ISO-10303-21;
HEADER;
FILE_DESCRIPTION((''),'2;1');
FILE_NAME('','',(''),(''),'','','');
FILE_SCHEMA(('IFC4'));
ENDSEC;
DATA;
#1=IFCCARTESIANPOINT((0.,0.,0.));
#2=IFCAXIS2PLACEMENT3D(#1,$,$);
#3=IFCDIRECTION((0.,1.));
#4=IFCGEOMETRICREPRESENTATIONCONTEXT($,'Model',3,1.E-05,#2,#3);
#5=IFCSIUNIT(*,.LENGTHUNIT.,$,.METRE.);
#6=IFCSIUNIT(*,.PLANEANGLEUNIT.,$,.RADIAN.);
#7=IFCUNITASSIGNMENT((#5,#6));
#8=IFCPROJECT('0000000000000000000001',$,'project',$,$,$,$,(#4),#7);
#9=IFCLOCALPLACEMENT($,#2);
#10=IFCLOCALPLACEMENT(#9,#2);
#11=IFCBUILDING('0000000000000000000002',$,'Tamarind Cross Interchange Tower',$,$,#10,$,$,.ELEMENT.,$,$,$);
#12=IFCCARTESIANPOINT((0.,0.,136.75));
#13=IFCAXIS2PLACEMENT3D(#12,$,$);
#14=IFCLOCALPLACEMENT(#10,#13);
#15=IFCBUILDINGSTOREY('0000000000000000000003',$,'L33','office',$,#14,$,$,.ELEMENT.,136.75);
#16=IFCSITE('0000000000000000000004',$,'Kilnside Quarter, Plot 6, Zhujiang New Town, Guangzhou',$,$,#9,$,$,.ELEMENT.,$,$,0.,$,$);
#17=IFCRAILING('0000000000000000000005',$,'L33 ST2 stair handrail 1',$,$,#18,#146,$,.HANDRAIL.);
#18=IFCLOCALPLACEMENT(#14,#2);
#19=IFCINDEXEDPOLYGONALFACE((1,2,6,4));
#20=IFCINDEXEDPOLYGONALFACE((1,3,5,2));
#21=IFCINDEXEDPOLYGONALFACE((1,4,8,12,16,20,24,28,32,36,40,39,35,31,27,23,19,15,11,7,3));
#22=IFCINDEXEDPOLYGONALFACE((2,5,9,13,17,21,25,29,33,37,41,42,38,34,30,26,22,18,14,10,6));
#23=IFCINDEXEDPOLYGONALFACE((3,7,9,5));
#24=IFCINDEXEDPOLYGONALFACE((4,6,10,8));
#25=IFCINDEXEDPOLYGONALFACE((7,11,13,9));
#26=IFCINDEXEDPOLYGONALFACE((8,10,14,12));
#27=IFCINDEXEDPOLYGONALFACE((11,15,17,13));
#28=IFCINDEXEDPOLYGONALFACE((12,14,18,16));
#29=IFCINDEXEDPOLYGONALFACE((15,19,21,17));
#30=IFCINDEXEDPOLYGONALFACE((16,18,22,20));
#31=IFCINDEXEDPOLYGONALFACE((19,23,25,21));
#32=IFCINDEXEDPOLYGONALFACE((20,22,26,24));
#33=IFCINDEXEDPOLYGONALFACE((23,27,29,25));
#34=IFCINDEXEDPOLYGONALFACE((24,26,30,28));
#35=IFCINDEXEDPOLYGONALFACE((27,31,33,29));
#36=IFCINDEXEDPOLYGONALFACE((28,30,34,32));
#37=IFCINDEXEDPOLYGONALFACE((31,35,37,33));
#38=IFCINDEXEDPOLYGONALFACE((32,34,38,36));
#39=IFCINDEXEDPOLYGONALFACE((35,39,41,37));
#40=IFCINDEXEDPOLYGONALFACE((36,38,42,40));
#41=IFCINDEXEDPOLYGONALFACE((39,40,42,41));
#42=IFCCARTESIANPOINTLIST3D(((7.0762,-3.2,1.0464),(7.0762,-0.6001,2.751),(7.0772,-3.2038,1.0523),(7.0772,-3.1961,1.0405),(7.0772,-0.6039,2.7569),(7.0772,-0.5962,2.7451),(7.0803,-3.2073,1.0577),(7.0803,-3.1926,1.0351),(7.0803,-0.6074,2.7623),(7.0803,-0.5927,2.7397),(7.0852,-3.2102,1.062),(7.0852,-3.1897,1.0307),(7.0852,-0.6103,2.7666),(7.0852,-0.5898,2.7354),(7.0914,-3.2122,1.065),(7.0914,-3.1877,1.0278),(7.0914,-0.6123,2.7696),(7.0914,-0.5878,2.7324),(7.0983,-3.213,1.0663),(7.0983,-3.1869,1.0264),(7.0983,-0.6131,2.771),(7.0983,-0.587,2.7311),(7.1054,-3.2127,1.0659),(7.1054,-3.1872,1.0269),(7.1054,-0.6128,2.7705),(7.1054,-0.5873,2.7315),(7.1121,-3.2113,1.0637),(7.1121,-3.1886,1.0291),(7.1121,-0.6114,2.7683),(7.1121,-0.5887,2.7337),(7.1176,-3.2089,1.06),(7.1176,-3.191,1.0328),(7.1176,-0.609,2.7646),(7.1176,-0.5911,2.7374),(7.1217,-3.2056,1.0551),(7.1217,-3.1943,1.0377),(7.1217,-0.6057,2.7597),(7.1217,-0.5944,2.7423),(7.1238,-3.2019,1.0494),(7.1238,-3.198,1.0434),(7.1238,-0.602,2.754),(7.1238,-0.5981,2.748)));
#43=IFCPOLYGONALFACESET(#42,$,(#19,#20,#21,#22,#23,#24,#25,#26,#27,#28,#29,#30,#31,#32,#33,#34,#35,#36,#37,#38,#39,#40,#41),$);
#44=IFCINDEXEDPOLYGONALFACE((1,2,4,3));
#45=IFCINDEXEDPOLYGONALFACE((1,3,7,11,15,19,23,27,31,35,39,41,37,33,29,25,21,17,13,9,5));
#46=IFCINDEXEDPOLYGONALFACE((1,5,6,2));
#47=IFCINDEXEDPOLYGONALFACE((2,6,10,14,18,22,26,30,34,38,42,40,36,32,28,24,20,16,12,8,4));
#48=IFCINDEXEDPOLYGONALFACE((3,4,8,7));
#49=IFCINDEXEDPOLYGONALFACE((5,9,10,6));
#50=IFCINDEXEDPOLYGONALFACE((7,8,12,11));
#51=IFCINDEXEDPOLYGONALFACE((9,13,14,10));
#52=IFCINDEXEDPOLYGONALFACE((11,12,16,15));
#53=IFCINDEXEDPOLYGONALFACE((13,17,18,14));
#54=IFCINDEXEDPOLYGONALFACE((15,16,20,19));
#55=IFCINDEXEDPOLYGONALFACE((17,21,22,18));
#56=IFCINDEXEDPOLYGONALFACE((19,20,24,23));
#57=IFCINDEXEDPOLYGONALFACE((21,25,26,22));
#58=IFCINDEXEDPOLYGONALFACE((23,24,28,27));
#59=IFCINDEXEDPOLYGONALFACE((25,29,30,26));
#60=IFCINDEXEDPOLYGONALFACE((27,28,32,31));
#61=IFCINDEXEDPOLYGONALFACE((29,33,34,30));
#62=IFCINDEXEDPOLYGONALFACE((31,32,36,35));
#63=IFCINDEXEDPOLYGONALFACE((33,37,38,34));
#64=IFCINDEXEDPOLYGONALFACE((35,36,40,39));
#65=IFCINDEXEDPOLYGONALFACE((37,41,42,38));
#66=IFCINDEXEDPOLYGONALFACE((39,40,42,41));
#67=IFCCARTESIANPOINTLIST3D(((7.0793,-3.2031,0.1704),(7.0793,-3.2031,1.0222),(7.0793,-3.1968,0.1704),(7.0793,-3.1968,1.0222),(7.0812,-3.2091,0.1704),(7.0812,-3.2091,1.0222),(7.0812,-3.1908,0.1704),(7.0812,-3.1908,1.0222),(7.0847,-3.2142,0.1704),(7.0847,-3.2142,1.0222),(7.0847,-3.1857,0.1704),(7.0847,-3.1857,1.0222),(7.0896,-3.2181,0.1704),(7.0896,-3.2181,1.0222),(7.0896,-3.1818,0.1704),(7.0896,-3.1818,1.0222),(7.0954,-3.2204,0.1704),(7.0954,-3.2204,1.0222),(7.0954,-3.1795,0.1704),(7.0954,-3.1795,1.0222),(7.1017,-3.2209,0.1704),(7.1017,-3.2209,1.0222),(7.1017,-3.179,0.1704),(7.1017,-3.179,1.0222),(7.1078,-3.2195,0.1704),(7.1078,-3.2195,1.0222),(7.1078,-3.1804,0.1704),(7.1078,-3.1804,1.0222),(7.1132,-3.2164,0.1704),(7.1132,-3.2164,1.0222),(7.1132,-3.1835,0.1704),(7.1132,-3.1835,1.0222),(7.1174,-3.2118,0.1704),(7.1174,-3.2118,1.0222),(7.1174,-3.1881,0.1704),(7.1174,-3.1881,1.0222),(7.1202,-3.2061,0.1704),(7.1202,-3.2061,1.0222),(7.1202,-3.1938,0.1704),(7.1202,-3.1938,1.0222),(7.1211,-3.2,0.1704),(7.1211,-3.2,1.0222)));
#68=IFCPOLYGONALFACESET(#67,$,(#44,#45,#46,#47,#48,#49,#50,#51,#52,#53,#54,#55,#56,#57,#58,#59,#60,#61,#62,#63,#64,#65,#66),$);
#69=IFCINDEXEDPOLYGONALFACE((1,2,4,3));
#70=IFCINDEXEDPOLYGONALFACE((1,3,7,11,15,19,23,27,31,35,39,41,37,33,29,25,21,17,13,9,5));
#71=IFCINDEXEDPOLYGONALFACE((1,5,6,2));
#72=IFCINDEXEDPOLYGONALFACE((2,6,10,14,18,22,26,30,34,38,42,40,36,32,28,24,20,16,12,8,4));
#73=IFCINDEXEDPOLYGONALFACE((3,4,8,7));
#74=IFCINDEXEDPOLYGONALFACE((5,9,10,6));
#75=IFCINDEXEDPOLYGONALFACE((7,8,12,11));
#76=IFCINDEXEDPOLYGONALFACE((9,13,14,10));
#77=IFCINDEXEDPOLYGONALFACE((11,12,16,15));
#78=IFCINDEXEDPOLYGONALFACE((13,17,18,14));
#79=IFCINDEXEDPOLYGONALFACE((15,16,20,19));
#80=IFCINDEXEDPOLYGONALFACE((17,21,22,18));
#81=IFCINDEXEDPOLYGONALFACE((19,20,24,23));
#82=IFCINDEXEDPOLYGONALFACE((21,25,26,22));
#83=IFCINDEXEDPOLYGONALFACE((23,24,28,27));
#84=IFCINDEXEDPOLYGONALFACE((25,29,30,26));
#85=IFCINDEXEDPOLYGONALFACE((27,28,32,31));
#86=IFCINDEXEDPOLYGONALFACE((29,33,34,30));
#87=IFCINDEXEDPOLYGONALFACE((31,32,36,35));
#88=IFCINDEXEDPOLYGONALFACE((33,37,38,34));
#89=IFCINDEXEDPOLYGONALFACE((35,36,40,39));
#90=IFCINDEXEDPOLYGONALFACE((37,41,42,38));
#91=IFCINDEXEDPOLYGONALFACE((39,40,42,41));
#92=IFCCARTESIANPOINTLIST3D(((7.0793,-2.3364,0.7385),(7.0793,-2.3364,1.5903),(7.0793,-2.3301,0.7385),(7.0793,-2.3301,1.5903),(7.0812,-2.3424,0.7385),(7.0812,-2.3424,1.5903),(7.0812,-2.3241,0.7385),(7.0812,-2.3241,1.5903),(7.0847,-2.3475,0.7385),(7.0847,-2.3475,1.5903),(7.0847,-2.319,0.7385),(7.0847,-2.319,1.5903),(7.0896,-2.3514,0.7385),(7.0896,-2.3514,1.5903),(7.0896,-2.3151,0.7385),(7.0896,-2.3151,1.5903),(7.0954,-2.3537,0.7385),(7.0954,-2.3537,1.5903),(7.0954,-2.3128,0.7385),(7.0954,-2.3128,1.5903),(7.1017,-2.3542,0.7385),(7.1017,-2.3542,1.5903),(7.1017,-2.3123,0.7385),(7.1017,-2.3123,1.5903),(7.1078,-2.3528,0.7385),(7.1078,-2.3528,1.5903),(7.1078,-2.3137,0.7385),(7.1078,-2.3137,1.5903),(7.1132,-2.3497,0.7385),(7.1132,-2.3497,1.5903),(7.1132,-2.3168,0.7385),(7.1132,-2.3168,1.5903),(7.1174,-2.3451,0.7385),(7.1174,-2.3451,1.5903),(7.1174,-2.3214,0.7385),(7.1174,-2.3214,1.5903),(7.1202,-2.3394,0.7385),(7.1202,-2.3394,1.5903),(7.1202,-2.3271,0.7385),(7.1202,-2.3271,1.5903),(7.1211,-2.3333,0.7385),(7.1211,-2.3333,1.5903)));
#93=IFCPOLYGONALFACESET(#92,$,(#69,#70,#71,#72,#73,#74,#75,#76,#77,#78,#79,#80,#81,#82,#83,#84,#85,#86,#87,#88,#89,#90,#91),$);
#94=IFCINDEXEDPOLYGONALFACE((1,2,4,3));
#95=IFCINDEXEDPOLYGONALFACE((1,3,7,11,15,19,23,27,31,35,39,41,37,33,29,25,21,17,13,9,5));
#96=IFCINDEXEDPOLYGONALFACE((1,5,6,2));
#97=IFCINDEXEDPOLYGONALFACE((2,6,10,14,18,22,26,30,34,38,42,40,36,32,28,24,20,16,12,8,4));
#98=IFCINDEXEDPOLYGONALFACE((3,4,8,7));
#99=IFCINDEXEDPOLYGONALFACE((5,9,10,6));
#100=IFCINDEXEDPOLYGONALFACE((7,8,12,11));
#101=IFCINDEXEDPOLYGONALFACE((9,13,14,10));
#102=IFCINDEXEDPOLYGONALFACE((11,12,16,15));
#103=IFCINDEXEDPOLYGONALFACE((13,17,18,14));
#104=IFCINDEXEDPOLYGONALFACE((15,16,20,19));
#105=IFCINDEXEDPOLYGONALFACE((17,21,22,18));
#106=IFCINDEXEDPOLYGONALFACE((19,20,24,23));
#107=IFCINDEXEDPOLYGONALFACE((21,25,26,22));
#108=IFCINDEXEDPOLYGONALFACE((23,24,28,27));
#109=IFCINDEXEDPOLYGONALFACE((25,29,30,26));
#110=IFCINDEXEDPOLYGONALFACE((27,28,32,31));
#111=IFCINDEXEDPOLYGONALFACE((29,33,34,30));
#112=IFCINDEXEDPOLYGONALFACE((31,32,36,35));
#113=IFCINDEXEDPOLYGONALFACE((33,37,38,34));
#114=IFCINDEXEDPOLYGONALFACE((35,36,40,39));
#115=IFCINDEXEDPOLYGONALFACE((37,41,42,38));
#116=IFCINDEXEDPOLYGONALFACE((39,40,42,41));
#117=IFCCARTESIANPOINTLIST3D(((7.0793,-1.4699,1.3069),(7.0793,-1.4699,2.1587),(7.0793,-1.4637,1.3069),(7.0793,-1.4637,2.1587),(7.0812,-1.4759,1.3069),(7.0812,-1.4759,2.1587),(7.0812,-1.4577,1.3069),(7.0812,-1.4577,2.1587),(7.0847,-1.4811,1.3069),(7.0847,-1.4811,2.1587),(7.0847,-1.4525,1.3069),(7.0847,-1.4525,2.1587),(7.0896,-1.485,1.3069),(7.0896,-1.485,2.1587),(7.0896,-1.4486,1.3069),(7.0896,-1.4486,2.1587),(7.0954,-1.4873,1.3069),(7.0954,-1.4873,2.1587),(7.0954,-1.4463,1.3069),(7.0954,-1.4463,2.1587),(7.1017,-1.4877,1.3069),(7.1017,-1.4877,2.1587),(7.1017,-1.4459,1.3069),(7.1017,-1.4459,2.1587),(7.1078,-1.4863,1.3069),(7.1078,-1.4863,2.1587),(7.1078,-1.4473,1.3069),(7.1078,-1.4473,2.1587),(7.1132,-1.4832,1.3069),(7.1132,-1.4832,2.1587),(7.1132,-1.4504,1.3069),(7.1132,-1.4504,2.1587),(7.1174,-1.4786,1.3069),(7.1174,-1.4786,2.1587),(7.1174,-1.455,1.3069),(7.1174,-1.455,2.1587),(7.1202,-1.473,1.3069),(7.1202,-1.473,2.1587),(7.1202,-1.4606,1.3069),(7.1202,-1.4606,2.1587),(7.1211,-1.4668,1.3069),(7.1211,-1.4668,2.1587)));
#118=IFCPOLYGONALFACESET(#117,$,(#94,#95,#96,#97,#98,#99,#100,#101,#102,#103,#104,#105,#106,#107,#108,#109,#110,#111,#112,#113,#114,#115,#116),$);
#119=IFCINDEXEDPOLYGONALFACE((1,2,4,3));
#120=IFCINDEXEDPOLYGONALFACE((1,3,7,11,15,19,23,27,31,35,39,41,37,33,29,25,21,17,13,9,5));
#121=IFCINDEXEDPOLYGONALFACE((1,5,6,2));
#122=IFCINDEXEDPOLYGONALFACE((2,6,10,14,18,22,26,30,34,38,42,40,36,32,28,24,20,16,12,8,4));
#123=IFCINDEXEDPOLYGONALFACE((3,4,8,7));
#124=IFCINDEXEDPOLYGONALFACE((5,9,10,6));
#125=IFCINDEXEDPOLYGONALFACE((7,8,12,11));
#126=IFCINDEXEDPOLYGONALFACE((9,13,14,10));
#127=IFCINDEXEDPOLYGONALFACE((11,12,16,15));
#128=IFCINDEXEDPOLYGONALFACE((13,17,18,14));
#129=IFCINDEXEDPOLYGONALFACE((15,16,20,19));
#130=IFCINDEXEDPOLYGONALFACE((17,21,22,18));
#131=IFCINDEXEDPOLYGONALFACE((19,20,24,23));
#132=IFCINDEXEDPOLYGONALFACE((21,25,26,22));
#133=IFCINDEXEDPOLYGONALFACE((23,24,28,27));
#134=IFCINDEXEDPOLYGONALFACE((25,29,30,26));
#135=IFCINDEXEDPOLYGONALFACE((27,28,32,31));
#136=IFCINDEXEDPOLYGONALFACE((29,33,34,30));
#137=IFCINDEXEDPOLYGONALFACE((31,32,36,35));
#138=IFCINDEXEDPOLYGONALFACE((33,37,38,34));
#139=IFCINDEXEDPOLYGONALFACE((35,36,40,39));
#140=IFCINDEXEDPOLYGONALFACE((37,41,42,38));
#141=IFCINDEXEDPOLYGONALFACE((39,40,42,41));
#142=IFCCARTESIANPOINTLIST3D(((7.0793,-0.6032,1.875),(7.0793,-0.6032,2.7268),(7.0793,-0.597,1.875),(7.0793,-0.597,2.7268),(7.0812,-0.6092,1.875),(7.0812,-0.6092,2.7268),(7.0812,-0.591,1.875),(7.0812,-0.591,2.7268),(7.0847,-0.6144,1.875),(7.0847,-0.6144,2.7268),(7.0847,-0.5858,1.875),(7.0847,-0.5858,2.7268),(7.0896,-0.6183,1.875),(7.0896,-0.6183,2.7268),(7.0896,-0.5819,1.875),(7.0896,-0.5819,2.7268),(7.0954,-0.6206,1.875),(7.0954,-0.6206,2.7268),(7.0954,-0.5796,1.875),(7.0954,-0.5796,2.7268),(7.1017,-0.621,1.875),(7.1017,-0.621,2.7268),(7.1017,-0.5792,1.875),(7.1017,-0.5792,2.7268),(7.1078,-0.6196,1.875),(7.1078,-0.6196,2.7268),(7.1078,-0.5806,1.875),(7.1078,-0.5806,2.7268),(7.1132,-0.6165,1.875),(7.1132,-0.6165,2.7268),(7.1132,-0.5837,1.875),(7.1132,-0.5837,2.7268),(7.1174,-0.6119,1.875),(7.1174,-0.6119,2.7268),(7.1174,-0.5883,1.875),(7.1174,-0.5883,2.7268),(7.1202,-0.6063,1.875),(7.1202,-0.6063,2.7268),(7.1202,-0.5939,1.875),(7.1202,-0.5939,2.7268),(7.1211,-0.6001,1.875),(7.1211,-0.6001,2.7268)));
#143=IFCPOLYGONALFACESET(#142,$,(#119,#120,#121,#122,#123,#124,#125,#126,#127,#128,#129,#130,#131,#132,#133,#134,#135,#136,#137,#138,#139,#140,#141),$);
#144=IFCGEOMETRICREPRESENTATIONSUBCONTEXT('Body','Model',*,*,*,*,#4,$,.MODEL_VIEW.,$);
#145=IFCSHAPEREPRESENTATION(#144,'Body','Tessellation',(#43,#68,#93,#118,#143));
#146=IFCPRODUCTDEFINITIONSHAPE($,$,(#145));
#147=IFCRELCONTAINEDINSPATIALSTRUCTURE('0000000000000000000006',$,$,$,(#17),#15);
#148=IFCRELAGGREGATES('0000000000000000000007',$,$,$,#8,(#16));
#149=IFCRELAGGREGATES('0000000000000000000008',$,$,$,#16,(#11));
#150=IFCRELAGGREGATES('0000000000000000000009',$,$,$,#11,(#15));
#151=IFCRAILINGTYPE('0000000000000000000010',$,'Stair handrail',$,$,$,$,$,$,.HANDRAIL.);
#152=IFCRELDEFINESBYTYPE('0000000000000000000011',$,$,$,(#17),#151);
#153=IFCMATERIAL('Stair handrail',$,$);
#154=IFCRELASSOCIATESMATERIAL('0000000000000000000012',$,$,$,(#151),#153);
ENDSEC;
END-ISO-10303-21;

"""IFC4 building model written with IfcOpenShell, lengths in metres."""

from ifc_helpers import new_model, si_unit, direction, frame, origin, origin_2d, place, context, subcontext, project, spatial, circle, extrude, material, type_object, element, save


model = new_model("IFC4")

# Units and contexts
model_context = context("Model", 3, precision=1e-05, world=origin(), true_north=direction((0.0, 1.0)))
body_context = subcontext(model_context, "Body", "Model", "MODEL_VIEW")
ifc_project = project(units=[si_unit("LENGTHUNIT", "METRE"), si_unit("PLANEANGLEUNIT", "RADIAN")], contexts=[model_context])

# Site, building, storey
site_placement = place(None, origin())
site = spatial("IfcSite", under=ifc_project, at=site_placement, Name="Kilnside Quarter, Plot 6, Zhujiang New Town, Guangzhou", CompositionType="ELEMENT", RefElevation=0.0)
building_placement = place(site_placement, origin())
building = spatial("IfcBuilding", under=site, at=building_placement, Name="Tamarind Cross Interchange Tower", CompositionType="ELEMENT")
storey_placement = place(building_placement, frame((0.0, 0.0, 136.75)))
storey = spatial("IfcBuildingStorey", under=building, at=storey_placement, Name="L33", Description="office", CompositionType="ELEMENT", Elevation=136.75)

# Railing
ifc_material_1 = material(Name="Stair handrail")
railing_type_1 = type_object("IfcRailingType", Name="Stair handrail", PredefinedType="HANDRAIL", material=ifc_material_1)
railing_1_placement = place(storey_placement, frame((7.1001, -3.2, 0.1704)))
element("IfcRailing", 1, at=railing_1_placement, inside=storey, type_object=railing_type_1, Name="L33 ST2 stair handrail 1", PredefinedType="HANDRAIL", context=body_context, shape_type="SweptSolid", body=[
    extrude(circle(Radius=0.0239, at=origin_2d()), frame((0.0, 0.0, 0.876), z_axis=(0.0, 0.836279, 0.548305), x_axis=(-1.0, 0.0, 0.0)), (0.0, 0.0, 1.0), 3.1089),
    extrude(circle(Radius=0.021, at=origin_2d()), origin(), (0.0, 0.0, 1.0), 0.8518),
    extrude(circle(Radius=0.021, at=origin_2d()), frame((0.0, 0.8667, 0.5681)), (0.0, 0.0, 1.0), 0.8518),
    extrude(circle(Radius=0.021, at=origin_2d()), frame((0.0, 1.7332, 1.1365)), (0.0, 0.0, 1.0), 0.8518),
    extrude(circle(Radius=0.021, at=origin_2d()), frame((0.0, 2.5999, 1.7046)), (0.0, 0.0, 1.0), 0.8518),
])

save(model, "model.ifc")
